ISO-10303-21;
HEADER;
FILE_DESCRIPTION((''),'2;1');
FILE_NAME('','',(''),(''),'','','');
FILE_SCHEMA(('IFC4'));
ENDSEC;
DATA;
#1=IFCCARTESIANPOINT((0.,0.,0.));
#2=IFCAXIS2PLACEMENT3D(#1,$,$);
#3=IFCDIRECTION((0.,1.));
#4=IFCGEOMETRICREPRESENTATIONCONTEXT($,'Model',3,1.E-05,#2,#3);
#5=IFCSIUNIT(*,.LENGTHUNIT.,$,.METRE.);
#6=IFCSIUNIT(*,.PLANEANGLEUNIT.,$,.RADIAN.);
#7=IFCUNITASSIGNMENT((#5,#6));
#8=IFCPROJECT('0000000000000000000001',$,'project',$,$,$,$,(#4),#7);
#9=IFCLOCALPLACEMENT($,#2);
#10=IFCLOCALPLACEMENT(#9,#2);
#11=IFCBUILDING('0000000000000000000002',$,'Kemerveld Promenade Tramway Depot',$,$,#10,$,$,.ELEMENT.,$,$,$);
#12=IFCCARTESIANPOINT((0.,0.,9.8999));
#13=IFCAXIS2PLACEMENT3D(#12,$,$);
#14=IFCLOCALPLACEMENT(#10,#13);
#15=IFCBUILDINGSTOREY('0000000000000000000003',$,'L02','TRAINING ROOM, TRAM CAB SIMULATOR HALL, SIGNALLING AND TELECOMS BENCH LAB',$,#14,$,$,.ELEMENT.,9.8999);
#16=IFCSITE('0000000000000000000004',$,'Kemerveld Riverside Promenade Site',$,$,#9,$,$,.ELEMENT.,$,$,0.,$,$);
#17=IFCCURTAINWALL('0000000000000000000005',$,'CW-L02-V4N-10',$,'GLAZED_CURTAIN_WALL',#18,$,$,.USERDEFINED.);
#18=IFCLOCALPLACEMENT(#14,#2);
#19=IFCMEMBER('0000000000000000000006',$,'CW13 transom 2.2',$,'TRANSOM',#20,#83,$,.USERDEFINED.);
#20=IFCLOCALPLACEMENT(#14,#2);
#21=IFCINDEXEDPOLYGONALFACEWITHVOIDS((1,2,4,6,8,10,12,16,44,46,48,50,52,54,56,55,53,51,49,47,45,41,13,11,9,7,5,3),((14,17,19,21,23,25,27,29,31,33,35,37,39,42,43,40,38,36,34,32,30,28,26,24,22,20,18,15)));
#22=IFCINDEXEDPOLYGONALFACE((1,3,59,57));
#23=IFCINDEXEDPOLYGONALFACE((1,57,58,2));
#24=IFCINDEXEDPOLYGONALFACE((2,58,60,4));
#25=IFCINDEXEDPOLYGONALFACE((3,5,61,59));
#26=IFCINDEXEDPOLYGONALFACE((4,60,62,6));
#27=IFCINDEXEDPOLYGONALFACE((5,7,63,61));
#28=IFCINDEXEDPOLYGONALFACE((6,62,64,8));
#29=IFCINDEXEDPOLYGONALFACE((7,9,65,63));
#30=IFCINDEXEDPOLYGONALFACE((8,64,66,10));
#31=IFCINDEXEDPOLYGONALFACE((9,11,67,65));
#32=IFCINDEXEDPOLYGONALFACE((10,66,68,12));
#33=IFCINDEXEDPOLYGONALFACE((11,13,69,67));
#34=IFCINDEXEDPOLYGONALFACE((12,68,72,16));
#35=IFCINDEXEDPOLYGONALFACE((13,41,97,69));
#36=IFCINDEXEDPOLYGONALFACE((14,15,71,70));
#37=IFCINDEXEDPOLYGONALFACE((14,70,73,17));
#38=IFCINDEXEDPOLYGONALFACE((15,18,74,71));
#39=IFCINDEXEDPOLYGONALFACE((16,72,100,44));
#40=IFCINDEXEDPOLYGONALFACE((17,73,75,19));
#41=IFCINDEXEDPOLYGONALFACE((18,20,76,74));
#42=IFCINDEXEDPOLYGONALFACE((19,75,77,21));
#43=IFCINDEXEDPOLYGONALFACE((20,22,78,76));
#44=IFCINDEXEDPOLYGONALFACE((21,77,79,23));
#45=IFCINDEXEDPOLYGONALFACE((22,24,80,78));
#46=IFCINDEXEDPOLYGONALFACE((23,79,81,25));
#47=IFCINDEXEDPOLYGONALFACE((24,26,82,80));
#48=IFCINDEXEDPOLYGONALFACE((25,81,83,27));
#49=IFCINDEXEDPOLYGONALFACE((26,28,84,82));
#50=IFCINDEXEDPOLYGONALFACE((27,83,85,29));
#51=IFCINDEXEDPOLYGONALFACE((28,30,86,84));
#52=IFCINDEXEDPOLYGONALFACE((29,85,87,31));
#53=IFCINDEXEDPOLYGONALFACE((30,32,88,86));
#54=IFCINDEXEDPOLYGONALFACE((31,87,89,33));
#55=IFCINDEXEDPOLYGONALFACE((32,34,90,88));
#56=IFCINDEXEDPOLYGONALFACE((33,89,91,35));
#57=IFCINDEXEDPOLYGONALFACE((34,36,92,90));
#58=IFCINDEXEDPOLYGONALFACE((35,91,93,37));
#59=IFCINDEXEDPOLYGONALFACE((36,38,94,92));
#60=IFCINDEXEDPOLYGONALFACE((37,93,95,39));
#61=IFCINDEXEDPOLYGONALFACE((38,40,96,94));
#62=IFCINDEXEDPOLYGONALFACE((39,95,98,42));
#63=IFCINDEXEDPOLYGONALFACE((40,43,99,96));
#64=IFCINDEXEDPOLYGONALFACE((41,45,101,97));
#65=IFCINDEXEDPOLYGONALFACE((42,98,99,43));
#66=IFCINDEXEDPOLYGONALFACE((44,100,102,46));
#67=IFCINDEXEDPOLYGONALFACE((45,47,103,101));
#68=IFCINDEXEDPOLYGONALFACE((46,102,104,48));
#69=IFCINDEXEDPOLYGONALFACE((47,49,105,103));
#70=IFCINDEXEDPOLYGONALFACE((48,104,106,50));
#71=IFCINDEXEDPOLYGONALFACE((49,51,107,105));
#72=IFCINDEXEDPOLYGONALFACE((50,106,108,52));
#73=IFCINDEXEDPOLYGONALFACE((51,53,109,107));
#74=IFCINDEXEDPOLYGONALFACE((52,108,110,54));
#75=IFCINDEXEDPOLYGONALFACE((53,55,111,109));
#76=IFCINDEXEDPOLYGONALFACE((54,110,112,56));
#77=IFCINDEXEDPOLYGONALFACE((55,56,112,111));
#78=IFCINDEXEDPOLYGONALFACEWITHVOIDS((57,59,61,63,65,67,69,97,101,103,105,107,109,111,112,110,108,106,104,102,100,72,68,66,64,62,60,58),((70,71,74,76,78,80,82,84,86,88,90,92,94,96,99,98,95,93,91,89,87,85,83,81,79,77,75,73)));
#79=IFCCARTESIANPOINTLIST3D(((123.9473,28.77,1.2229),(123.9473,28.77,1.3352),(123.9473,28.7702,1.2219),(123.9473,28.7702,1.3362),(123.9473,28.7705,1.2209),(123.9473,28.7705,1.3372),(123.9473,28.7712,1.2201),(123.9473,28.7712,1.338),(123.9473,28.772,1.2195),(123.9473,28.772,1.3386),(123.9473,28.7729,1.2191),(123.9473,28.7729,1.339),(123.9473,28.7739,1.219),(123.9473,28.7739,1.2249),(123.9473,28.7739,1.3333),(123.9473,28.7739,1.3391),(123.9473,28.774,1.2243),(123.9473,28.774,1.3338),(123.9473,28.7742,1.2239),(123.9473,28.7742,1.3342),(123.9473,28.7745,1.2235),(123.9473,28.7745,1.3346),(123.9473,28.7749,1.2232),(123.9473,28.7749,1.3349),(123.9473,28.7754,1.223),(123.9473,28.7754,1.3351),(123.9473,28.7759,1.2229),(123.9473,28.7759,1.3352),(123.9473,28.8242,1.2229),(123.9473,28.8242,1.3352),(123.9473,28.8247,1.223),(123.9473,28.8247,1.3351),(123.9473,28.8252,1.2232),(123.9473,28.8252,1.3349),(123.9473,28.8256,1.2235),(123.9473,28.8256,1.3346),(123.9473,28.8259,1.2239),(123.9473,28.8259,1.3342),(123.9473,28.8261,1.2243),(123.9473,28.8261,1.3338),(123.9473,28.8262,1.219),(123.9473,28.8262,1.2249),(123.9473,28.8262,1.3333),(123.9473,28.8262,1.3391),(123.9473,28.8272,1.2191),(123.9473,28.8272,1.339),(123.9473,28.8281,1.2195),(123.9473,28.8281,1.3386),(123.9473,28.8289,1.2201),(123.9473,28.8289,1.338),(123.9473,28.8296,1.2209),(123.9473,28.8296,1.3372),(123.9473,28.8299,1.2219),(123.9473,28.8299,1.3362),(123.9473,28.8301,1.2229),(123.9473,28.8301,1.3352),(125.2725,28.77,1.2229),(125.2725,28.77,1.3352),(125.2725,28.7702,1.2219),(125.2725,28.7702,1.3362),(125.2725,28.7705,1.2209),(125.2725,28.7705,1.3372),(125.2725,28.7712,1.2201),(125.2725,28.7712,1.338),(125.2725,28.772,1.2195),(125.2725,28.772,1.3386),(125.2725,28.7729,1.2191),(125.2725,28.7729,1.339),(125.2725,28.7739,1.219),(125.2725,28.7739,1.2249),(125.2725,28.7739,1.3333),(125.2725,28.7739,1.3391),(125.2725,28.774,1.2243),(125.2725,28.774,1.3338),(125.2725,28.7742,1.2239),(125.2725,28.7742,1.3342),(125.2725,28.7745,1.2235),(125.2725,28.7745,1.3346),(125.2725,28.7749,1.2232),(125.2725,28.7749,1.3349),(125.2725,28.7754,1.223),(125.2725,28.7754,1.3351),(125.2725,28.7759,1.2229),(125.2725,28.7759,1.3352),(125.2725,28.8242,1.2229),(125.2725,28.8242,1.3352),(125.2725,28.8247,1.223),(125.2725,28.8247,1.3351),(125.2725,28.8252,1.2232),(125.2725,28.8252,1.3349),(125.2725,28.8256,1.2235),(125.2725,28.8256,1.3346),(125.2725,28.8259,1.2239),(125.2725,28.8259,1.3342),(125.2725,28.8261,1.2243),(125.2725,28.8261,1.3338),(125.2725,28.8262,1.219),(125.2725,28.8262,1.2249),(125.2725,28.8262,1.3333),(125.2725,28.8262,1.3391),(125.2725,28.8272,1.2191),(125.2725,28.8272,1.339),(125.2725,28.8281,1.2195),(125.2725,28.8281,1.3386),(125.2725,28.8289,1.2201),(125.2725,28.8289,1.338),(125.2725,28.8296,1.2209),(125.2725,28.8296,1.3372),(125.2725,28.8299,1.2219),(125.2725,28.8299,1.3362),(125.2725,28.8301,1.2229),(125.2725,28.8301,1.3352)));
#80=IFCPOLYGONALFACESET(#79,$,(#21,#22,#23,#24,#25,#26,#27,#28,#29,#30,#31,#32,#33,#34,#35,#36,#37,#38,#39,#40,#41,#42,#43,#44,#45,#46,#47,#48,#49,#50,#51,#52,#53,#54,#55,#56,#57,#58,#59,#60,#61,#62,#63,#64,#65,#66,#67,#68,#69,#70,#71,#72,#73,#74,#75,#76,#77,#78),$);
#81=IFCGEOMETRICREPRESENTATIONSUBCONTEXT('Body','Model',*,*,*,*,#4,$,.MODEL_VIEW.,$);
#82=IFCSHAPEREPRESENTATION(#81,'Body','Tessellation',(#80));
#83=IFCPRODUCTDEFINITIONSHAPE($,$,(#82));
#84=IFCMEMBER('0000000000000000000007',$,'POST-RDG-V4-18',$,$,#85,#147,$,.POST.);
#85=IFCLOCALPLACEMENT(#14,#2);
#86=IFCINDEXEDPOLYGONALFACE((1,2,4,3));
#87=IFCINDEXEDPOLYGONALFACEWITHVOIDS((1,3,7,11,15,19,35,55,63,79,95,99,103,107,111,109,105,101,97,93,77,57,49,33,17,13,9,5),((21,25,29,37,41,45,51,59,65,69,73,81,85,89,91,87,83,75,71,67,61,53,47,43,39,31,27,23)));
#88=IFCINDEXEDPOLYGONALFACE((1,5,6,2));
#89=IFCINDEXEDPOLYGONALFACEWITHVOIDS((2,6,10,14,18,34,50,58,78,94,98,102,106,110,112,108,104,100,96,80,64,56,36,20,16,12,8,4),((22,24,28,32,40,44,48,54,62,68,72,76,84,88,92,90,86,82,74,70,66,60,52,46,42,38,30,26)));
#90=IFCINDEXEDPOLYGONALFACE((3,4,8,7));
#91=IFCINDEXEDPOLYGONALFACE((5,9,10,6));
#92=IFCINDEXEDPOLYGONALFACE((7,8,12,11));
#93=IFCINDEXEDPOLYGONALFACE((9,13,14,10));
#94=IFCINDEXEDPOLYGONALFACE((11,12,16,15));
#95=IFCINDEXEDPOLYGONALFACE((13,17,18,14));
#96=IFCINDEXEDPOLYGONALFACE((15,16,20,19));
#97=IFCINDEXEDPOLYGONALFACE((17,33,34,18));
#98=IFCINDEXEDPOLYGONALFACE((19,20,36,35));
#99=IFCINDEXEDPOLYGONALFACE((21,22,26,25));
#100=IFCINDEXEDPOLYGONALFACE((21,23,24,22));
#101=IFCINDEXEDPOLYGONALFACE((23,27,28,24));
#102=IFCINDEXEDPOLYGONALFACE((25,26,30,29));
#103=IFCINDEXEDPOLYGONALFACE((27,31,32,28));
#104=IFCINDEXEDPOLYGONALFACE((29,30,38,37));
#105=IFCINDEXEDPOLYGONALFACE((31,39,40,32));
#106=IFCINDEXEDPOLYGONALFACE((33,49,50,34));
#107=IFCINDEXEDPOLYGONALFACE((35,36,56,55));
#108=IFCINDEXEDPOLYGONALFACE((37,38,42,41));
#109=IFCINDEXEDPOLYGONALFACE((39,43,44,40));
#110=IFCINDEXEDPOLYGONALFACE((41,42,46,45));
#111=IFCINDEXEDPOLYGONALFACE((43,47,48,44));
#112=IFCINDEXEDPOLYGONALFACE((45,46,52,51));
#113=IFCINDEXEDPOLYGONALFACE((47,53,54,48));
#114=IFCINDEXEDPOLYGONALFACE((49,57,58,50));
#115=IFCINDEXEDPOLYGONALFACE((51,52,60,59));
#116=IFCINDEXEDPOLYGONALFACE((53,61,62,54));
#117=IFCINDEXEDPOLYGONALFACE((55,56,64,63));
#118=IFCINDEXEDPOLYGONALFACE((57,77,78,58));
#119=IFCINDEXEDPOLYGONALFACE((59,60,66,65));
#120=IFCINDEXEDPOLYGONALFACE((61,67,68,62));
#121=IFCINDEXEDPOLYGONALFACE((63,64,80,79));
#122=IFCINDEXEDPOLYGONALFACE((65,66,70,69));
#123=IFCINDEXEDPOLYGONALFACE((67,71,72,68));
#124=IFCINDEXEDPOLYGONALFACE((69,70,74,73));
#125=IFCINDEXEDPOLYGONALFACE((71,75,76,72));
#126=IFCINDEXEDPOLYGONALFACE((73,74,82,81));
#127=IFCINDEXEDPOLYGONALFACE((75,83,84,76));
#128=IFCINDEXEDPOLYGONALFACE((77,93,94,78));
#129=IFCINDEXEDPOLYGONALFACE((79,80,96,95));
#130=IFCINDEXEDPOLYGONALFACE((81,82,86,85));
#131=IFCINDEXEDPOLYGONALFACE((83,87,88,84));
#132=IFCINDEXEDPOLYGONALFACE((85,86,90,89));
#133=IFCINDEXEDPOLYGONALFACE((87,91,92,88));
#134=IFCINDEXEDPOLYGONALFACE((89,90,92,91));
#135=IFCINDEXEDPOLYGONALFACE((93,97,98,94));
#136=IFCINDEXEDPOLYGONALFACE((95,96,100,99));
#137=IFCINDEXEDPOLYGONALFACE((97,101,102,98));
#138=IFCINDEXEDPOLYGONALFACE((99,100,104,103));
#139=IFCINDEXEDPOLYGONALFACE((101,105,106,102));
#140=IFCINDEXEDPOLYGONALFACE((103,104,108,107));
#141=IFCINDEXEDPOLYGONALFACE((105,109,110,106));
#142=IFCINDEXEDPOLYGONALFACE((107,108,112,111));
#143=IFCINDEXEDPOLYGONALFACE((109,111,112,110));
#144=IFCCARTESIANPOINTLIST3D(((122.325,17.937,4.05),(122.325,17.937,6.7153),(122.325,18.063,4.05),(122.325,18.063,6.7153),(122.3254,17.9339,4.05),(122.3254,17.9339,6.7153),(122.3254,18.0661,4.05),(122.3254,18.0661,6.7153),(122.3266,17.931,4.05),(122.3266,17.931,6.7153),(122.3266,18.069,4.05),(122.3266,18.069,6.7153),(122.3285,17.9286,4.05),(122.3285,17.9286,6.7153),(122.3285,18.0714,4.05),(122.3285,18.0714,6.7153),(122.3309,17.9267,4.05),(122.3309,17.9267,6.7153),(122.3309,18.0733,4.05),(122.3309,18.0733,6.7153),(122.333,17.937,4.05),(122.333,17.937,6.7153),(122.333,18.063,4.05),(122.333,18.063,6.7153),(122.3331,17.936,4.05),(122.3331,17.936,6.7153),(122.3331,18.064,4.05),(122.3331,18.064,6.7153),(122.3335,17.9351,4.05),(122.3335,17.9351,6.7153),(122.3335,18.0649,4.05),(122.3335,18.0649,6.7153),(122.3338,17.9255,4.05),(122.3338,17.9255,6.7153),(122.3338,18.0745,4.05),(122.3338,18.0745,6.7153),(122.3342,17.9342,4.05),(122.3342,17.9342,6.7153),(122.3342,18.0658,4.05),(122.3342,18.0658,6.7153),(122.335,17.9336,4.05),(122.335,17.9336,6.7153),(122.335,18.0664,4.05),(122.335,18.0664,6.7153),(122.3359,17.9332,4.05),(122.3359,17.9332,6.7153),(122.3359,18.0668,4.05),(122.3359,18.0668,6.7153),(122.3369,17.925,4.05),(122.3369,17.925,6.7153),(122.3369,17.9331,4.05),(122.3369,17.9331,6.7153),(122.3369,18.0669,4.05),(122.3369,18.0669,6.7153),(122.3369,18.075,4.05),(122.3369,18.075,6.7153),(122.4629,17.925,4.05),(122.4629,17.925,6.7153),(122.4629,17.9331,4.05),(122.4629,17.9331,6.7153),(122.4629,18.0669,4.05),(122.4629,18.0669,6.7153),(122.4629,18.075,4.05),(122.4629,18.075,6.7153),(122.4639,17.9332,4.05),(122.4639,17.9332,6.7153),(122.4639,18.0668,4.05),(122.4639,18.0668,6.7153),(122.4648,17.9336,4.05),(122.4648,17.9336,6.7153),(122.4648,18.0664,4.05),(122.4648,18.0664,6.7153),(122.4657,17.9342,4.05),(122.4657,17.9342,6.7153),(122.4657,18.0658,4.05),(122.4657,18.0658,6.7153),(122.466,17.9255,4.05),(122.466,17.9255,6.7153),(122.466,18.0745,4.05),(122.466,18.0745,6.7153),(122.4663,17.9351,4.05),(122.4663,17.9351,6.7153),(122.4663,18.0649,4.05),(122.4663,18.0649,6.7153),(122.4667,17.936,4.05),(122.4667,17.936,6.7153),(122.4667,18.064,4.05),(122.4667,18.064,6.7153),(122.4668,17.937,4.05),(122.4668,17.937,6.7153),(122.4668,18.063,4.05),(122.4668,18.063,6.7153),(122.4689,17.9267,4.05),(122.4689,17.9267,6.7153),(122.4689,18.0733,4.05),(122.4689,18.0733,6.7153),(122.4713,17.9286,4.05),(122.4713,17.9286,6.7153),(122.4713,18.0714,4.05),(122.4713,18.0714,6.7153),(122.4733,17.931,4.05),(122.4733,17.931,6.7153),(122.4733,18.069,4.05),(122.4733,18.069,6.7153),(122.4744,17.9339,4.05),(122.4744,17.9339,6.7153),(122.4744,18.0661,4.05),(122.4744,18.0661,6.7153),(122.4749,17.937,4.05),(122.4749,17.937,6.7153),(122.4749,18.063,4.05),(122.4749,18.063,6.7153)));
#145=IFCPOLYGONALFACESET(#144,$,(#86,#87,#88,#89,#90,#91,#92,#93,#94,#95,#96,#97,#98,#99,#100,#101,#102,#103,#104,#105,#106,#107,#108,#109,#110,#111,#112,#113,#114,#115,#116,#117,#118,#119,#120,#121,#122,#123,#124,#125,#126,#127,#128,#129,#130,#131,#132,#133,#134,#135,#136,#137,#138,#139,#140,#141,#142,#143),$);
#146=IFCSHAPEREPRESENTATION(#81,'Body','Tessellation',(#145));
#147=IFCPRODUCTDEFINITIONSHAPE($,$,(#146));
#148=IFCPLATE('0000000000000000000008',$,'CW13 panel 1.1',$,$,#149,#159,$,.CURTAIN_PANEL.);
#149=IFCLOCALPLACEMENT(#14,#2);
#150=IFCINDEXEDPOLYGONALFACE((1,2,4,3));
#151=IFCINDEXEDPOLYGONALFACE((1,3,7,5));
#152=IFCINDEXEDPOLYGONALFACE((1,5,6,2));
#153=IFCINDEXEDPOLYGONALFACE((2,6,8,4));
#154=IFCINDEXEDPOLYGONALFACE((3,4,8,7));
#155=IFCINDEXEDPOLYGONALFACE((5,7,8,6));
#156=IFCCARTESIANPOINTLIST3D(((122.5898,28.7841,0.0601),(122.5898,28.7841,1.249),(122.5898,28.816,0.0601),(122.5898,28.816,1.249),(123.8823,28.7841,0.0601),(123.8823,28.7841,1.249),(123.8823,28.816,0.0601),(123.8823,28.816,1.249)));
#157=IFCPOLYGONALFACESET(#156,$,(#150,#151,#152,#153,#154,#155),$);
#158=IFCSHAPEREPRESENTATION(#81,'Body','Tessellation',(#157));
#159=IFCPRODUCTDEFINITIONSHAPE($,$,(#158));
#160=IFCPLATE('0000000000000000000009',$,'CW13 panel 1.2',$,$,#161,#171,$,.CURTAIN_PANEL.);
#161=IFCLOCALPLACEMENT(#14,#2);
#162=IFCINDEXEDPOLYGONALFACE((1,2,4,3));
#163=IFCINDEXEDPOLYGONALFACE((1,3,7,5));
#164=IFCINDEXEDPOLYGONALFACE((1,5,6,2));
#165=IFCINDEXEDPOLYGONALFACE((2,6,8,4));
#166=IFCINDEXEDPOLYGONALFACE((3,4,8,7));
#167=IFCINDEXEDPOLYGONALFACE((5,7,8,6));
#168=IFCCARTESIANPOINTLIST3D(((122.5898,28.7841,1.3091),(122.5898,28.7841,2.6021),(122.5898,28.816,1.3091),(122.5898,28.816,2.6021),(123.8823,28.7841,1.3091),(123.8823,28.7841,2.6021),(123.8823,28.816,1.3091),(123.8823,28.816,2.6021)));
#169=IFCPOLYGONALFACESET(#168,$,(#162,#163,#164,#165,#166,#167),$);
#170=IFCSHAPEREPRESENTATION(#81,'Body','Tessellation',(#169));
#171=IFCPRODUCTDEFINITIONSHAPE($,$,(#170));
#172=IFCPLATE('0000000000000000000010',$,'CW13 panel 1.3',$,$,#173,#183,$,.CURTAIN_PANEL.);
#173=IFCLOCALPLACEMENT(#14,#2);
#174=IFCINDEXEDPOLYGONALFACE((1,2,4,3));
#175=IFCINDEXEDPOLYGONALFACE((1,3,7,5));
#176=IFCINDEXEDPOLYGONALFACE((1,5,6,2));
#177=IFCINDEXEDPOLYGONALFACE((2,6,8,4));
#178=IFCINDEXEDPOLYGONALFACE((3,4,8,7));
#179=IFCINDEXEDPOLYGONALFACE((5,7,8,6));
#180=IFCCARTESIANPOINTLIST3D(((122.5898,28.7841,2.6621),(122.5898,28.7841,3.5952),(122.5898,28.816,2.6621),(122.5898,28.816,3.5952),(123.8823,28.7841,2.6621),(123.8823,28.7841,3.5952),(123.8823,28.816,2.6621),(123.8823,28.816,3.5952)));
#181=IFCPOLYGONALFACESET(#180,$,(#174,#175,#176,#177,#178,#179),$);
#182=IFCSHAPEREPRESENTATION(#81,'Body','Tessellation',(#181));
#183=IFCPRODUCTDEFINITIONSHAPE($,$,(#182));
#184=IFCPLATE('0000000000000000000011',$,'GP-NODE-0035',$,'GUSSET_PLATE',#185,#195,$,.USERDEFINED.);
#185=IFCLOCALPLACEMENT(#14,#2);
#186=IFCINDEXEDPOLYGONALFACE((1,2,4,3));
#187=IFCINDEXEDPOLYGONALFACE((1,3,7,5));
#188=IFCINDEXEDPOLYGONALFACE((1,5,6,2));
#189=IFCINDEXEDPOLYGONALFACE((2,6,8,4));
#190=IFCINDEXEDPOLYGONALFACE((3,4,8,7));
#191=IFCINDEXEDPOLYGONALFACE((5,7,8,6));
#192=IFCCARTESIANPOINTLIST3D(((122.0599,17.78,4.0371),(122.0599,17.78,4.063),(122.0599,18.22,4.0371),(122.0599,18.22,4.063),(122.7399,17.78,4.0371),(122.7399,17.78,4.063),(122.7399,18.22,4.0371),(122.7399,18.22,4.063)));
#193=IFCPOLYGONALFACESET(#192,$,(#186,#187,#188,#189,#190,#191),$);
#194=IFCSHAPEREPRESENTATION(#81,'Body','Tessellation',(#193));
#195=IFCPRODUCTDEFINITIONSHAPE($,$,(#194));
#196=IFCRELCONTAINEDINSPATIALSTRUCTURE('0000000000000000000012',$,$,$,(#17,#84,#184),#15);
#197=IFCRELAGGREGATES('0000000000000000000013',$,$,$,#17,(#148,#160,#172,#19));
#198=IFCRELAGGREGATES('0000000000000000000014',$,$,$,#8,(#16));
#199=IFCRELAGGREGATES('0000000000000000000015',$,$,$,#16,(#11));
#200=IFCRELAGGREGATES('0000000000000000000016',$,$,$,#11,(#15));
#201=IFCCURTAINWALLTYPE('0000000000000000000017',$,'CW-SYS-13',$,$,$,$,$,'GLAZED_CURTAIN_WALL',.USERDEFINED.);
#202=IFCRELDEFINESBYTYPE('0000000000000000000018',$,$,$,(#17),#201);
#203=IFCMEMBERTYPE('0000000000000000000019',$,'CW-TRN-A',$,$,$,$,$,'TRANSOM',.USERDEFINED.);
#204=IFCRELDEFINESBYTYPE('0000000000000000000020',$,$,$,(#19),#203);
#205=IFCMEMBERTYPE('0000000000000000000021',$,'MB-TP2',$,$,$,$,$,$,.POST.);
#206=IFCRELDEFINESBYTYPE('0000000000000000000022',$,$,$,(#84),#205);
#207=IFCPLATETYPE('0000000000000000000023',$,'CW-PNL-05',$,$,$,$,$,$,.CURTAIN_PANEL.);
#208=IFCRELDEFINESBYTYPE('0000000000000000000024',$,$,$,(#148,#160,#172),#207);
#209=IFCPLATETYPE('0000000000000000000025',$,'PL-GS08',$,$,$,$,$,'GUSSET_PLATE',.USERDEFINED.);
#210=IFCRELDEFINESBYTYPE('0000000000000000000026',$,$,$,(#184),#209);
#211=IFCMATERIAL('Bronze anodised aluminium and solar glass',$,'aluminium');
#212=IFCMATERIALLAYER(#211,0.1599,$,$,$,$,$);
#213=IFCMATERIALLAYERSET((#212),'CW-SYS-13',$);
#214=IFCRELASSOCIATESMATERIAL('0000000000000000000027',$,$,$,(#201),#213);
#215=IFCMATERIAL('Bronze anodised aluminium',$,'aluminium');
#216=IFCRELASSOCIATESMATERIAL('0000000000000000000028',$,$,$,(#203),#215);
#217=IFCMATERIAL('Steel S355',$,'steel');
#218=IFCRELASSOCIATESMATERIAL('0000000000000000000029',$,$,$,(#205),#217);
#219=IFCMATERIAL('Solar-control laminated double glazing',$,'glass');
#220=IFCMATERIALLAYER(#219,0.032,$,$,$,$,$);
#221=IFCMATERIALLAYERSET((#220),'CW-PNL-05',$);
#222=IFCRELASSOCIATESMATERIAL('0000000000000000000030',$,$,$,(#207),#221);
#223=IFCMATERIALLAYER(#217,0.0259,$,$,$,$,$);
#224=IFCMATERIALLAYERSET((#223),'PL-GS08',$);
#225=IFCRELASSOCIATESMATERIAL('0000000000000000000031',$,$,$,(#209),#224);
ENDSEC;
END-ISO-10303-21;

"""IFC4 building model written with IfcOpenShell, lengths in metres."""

from ifc_helpers import new_model, si_unit, direction, frame, origin, origin_2d, place, context, subcontext, project, spatial, rectangle, hollow_rectangle, extrude, material, layer, layer_set, material_profile, profile_set, type_object, element, aggregate, save


model = new_model("IFC4")

# Units and contexts
model_context = context("Model", 3, precision=1e-05, world=origin(), true_north=direction((0.0, 1.0)))
body_context = subcontext(model_context, "Body", "Model", "MODEL_VIEW")
ifc_project = project(units=[si_unit("LENGTHUNIT", "METRE"), si_unit("PLANEANGLEUNIT", "RADIAN")], contexts=[model_context])

# Site, building, storey
site_placement = place(None, origin())
site = spatial("IfcSite", under=ifc_project, at=site_placement, Name="Kemerveld Riverside Promenade Site", CompositionType="ELEMENT", RefElevation=0.0)
building_placement = place(site_placement, origin())
building = spatial("IfcBuilding", under=site, at=building_placement, Name="Kemerveld Promenade Tramway Depot", CompositionType="ELEMENT")
storey_placement = place(building_placement, frame((0.0, 0.0, 9.8999)))
storey = spatial("IfcBuildingStorey", under=building, at=storey_placement, Name="L02", Description="TRAINING ROOM, TRAM CAB SIMULATOR HALL, SIGNALLING AND TELECOMS BENCH LAB", CompositionType="ELEMENT", Elevation=9.8999)

# Shared definitions
ifc_material_1 = material(Name="Steel S355", Category="steel")

# Curtain wall, member
ifc_material_2 = material(Name="Bronze anodised aluminium and solar glass", Category="aluminium")
ifc_layer_1 = layer(ifc_material_2, 0.1599)
ifc_layer_set_1 = layer_set([ifc_layer_1], Name="CW-SYS-13")
curtain_wall_type = type_object("IfcCurtainWallType", Name="CW-SYS-13", ElementType="GLAZED_CURTAIN_WALL", PredefinedType="USERDEFINED", material=ifc_layer_set_1)
curtain_wall_placement = place(storey_placement, origin())
curtain_wall = element("IfcCurtainWall", 1, at=curtain_wall_placement, inside=storey, type_object=curtain_wall_type, Name="CW-L02-V4N-10", ObjectType="GLAZED_CURTAIN_WALL", PredefinedType="USERDEFINED")
ifc_material_3 = material(Name="Bronze anodised aluminium", Category="aluminium")
ifc_material_profile_1 = material_profile(ifc_material_3, hollow_rectangle(XDim=0.0601, YDim=0.1201, WallThickness=0.0039, InnerFilletRadius=0.002, OuterFilletRadius=0.0039, at=origin_2d()), Name="CW-TRN-120x60")
ifc_profile_set_1 = profile_set([ifc_material_profile_1], Name="Bronze anodised aluminium")
member_type_1 = type_object("IfcMemberType", Name="CW-TRN-A", ElementType="TRANSOM", PredefinedType="USERDEFINED", material=ifc_profile_set_1)
member_1_placement = place(storey_placement, frame((123.9473, 28.8, 1.2791), z_axis=(1.0, 0.0, 0.0), x_axis=(0.0, 1.0, 0.0)))
member_1 = element("IfcMember", 2, at=member_1_placement, type_object=member_type_1, Name="CW13 transom 2.2", ObjectType="TRANSOM", PredefinedType="USERDEFINED", context=body_context, shape_type="SweptSolid", body=[
    extrude(hollow_rectangle(XDim=0.0601, YDim=0.1201, WallThickness=0.0039, InnerFilletRadius=0.002, OuterFilletRadius=0.0039, at=origin_2d()), origin(), (0.0, 0.0, 1.0), 1.3252),
])

# Member
ifc_material_profile_2 = material_profile(ifc_material_1, hollow_rectangle(XDim=0.1499, YDim=0.1499, WallThickness=0.0081, InnerFilletRadius=0.0039, OuterFilletRadius=0.012, at=origin_2d()), Name="150x150x8.0 SHS")
ifc_profile_set_2 = profile_set([ifc_material_profile_2], Name="Steel S355")
member_type_2 = type_object("IfcMemberType", Name="MB-TP2", PredefinedType="POST", material=ifc_profile_set_2)
member_2_placement = place(storey_placement, frame((122.3999, 18.0, 4.05), z_axis=(0.0, 0.0, 1.0), x_axis=(1.0, 0.0, 0.0)))
element("IfcMember", 3, at=member_2_placement, inside=storey, type_object=member_type_2, Name="POST-RDG-V4-18", PredefinedType="POST", context=body_context, shape_type="SweptSolid", body=[
    extrude(hollow_rectangle(XDim=0.1499, YDim=0.1499, WallThickness=0.0081, InnerFilletRadius=0.0039, OuterFilletRadius=0.012, at=origin_2d()), origin(), (0.0, 0.0, 1.0), 2.6653),
])

# Plates
ifc_material_4 = material(Name="Solar-control laminated double glazing", Category="glass")
ifc_layer_2 = layer(ifc_material_4, 0.032)
ifc_layer_set_2 = layer_set([ifc_layer_2], Name="CW-PNL-05")
plate_type_1 = type_object("IfcPlateType", Name="CW-PNL-05", PredefinedType="CURTAIN_PANEL", material=ifc_layer_set_2)
plate_1_placement = place(storey_placement, frame((123.2361, 28.8, 0.0601), z_axis=(0.0, 0.0, 1.0), x_axis=(1.0, 0.0, 0.0)))
plate_1 = element("IfcPlate", 4, at=plate_1_placement, type_object=plate_type_1, Name="CW13 panel 1.1", PredefinedType="CURTAIN_PANEL", context=body_context, shape_type="SweptSolid", body=[
    extrude(rectangle(XDim=1.2925, YDim=0.032, at=origin_2d()), origin(), (0.0, 0.0, 1.0), 1.189),
])
plate_2_placement = place(storey_placement, frame((123.2361, 28.8, 1.3091), z_axis=(0.0, 0.0, 1.0), x_axis=(1.0, 0.0, 0.0)))
plate_2 = element("IfcPlate", 5, at=plate_2_placement, type_object=plate_type_1, Name="CW13 panel 1.2", PredefinedType="CURTAIN_PANEL", context=body_context, shape_type="SweptSolid", body=[
    extrude(rectangle(XDim=1.2925, YDim=0.032, at=origin_2d()), origin(), (0.0, 0.0, 1.0), 1.293),
])
plate_3_placement = place(storey_placement, frame((123.2361, 28.8, 2.6621), z_axis=(0.0, 0.0, 1.0), x_axis=(1.0, 0.0, 0.0)))
plate_3 = element("IfcPlate", 6, at=plate_3_placement, type_object=plate_type_1, Name="CW13 panel 1.3", PredefinedType="CURTAIN_PANEL", context=body_context, shape_type="SweptSolid", body=[
    extrude(rectangle(XDim=1.2925, YDim=0.032, at=origin_2d()), origin(), (0.0, 0.0, 1.0), 0.9331),
])
aggregate(curtain_wall, [plate_1, plate_2, plate_3, member_1])

# Plate
ifc_layer_3 = layer(ifc_material_1, 0.0259)
ifc_layer_set_3 = layer_set([ifc_layer_3], Name="PL-GS08")
plate_type_2 = type_object("IfcPlateType", Name="PL-GS08", ElementType="GUSSET_PLATE", PredefinedType="USERDEFINED", material=ifc_layer_set_3)
plate_4_placement = place(storey_placement, frame((122.3999, 18.0, 4.0371), z_axis=(0.0, 0.0, 1.0), x_axis=(1.0, 0.0, 0.0)))
element("IfcPlate", 7, at=plate_4_placement, inside=storey, type_object=plate_type_2, Name="GP-NODE-0035", ObjectType="GUSSET_PLATE", PredefinedType="USERDEFINED", context=body_context, shape_type="SweptSolid", body=[
    extrude(rectangle(XDim=0.6799, YDim=0.4399, at=origin_2d()), origin(), (0.0, 0.0, 1.0), 0.0259),
])

save(model, "model.ifc")
